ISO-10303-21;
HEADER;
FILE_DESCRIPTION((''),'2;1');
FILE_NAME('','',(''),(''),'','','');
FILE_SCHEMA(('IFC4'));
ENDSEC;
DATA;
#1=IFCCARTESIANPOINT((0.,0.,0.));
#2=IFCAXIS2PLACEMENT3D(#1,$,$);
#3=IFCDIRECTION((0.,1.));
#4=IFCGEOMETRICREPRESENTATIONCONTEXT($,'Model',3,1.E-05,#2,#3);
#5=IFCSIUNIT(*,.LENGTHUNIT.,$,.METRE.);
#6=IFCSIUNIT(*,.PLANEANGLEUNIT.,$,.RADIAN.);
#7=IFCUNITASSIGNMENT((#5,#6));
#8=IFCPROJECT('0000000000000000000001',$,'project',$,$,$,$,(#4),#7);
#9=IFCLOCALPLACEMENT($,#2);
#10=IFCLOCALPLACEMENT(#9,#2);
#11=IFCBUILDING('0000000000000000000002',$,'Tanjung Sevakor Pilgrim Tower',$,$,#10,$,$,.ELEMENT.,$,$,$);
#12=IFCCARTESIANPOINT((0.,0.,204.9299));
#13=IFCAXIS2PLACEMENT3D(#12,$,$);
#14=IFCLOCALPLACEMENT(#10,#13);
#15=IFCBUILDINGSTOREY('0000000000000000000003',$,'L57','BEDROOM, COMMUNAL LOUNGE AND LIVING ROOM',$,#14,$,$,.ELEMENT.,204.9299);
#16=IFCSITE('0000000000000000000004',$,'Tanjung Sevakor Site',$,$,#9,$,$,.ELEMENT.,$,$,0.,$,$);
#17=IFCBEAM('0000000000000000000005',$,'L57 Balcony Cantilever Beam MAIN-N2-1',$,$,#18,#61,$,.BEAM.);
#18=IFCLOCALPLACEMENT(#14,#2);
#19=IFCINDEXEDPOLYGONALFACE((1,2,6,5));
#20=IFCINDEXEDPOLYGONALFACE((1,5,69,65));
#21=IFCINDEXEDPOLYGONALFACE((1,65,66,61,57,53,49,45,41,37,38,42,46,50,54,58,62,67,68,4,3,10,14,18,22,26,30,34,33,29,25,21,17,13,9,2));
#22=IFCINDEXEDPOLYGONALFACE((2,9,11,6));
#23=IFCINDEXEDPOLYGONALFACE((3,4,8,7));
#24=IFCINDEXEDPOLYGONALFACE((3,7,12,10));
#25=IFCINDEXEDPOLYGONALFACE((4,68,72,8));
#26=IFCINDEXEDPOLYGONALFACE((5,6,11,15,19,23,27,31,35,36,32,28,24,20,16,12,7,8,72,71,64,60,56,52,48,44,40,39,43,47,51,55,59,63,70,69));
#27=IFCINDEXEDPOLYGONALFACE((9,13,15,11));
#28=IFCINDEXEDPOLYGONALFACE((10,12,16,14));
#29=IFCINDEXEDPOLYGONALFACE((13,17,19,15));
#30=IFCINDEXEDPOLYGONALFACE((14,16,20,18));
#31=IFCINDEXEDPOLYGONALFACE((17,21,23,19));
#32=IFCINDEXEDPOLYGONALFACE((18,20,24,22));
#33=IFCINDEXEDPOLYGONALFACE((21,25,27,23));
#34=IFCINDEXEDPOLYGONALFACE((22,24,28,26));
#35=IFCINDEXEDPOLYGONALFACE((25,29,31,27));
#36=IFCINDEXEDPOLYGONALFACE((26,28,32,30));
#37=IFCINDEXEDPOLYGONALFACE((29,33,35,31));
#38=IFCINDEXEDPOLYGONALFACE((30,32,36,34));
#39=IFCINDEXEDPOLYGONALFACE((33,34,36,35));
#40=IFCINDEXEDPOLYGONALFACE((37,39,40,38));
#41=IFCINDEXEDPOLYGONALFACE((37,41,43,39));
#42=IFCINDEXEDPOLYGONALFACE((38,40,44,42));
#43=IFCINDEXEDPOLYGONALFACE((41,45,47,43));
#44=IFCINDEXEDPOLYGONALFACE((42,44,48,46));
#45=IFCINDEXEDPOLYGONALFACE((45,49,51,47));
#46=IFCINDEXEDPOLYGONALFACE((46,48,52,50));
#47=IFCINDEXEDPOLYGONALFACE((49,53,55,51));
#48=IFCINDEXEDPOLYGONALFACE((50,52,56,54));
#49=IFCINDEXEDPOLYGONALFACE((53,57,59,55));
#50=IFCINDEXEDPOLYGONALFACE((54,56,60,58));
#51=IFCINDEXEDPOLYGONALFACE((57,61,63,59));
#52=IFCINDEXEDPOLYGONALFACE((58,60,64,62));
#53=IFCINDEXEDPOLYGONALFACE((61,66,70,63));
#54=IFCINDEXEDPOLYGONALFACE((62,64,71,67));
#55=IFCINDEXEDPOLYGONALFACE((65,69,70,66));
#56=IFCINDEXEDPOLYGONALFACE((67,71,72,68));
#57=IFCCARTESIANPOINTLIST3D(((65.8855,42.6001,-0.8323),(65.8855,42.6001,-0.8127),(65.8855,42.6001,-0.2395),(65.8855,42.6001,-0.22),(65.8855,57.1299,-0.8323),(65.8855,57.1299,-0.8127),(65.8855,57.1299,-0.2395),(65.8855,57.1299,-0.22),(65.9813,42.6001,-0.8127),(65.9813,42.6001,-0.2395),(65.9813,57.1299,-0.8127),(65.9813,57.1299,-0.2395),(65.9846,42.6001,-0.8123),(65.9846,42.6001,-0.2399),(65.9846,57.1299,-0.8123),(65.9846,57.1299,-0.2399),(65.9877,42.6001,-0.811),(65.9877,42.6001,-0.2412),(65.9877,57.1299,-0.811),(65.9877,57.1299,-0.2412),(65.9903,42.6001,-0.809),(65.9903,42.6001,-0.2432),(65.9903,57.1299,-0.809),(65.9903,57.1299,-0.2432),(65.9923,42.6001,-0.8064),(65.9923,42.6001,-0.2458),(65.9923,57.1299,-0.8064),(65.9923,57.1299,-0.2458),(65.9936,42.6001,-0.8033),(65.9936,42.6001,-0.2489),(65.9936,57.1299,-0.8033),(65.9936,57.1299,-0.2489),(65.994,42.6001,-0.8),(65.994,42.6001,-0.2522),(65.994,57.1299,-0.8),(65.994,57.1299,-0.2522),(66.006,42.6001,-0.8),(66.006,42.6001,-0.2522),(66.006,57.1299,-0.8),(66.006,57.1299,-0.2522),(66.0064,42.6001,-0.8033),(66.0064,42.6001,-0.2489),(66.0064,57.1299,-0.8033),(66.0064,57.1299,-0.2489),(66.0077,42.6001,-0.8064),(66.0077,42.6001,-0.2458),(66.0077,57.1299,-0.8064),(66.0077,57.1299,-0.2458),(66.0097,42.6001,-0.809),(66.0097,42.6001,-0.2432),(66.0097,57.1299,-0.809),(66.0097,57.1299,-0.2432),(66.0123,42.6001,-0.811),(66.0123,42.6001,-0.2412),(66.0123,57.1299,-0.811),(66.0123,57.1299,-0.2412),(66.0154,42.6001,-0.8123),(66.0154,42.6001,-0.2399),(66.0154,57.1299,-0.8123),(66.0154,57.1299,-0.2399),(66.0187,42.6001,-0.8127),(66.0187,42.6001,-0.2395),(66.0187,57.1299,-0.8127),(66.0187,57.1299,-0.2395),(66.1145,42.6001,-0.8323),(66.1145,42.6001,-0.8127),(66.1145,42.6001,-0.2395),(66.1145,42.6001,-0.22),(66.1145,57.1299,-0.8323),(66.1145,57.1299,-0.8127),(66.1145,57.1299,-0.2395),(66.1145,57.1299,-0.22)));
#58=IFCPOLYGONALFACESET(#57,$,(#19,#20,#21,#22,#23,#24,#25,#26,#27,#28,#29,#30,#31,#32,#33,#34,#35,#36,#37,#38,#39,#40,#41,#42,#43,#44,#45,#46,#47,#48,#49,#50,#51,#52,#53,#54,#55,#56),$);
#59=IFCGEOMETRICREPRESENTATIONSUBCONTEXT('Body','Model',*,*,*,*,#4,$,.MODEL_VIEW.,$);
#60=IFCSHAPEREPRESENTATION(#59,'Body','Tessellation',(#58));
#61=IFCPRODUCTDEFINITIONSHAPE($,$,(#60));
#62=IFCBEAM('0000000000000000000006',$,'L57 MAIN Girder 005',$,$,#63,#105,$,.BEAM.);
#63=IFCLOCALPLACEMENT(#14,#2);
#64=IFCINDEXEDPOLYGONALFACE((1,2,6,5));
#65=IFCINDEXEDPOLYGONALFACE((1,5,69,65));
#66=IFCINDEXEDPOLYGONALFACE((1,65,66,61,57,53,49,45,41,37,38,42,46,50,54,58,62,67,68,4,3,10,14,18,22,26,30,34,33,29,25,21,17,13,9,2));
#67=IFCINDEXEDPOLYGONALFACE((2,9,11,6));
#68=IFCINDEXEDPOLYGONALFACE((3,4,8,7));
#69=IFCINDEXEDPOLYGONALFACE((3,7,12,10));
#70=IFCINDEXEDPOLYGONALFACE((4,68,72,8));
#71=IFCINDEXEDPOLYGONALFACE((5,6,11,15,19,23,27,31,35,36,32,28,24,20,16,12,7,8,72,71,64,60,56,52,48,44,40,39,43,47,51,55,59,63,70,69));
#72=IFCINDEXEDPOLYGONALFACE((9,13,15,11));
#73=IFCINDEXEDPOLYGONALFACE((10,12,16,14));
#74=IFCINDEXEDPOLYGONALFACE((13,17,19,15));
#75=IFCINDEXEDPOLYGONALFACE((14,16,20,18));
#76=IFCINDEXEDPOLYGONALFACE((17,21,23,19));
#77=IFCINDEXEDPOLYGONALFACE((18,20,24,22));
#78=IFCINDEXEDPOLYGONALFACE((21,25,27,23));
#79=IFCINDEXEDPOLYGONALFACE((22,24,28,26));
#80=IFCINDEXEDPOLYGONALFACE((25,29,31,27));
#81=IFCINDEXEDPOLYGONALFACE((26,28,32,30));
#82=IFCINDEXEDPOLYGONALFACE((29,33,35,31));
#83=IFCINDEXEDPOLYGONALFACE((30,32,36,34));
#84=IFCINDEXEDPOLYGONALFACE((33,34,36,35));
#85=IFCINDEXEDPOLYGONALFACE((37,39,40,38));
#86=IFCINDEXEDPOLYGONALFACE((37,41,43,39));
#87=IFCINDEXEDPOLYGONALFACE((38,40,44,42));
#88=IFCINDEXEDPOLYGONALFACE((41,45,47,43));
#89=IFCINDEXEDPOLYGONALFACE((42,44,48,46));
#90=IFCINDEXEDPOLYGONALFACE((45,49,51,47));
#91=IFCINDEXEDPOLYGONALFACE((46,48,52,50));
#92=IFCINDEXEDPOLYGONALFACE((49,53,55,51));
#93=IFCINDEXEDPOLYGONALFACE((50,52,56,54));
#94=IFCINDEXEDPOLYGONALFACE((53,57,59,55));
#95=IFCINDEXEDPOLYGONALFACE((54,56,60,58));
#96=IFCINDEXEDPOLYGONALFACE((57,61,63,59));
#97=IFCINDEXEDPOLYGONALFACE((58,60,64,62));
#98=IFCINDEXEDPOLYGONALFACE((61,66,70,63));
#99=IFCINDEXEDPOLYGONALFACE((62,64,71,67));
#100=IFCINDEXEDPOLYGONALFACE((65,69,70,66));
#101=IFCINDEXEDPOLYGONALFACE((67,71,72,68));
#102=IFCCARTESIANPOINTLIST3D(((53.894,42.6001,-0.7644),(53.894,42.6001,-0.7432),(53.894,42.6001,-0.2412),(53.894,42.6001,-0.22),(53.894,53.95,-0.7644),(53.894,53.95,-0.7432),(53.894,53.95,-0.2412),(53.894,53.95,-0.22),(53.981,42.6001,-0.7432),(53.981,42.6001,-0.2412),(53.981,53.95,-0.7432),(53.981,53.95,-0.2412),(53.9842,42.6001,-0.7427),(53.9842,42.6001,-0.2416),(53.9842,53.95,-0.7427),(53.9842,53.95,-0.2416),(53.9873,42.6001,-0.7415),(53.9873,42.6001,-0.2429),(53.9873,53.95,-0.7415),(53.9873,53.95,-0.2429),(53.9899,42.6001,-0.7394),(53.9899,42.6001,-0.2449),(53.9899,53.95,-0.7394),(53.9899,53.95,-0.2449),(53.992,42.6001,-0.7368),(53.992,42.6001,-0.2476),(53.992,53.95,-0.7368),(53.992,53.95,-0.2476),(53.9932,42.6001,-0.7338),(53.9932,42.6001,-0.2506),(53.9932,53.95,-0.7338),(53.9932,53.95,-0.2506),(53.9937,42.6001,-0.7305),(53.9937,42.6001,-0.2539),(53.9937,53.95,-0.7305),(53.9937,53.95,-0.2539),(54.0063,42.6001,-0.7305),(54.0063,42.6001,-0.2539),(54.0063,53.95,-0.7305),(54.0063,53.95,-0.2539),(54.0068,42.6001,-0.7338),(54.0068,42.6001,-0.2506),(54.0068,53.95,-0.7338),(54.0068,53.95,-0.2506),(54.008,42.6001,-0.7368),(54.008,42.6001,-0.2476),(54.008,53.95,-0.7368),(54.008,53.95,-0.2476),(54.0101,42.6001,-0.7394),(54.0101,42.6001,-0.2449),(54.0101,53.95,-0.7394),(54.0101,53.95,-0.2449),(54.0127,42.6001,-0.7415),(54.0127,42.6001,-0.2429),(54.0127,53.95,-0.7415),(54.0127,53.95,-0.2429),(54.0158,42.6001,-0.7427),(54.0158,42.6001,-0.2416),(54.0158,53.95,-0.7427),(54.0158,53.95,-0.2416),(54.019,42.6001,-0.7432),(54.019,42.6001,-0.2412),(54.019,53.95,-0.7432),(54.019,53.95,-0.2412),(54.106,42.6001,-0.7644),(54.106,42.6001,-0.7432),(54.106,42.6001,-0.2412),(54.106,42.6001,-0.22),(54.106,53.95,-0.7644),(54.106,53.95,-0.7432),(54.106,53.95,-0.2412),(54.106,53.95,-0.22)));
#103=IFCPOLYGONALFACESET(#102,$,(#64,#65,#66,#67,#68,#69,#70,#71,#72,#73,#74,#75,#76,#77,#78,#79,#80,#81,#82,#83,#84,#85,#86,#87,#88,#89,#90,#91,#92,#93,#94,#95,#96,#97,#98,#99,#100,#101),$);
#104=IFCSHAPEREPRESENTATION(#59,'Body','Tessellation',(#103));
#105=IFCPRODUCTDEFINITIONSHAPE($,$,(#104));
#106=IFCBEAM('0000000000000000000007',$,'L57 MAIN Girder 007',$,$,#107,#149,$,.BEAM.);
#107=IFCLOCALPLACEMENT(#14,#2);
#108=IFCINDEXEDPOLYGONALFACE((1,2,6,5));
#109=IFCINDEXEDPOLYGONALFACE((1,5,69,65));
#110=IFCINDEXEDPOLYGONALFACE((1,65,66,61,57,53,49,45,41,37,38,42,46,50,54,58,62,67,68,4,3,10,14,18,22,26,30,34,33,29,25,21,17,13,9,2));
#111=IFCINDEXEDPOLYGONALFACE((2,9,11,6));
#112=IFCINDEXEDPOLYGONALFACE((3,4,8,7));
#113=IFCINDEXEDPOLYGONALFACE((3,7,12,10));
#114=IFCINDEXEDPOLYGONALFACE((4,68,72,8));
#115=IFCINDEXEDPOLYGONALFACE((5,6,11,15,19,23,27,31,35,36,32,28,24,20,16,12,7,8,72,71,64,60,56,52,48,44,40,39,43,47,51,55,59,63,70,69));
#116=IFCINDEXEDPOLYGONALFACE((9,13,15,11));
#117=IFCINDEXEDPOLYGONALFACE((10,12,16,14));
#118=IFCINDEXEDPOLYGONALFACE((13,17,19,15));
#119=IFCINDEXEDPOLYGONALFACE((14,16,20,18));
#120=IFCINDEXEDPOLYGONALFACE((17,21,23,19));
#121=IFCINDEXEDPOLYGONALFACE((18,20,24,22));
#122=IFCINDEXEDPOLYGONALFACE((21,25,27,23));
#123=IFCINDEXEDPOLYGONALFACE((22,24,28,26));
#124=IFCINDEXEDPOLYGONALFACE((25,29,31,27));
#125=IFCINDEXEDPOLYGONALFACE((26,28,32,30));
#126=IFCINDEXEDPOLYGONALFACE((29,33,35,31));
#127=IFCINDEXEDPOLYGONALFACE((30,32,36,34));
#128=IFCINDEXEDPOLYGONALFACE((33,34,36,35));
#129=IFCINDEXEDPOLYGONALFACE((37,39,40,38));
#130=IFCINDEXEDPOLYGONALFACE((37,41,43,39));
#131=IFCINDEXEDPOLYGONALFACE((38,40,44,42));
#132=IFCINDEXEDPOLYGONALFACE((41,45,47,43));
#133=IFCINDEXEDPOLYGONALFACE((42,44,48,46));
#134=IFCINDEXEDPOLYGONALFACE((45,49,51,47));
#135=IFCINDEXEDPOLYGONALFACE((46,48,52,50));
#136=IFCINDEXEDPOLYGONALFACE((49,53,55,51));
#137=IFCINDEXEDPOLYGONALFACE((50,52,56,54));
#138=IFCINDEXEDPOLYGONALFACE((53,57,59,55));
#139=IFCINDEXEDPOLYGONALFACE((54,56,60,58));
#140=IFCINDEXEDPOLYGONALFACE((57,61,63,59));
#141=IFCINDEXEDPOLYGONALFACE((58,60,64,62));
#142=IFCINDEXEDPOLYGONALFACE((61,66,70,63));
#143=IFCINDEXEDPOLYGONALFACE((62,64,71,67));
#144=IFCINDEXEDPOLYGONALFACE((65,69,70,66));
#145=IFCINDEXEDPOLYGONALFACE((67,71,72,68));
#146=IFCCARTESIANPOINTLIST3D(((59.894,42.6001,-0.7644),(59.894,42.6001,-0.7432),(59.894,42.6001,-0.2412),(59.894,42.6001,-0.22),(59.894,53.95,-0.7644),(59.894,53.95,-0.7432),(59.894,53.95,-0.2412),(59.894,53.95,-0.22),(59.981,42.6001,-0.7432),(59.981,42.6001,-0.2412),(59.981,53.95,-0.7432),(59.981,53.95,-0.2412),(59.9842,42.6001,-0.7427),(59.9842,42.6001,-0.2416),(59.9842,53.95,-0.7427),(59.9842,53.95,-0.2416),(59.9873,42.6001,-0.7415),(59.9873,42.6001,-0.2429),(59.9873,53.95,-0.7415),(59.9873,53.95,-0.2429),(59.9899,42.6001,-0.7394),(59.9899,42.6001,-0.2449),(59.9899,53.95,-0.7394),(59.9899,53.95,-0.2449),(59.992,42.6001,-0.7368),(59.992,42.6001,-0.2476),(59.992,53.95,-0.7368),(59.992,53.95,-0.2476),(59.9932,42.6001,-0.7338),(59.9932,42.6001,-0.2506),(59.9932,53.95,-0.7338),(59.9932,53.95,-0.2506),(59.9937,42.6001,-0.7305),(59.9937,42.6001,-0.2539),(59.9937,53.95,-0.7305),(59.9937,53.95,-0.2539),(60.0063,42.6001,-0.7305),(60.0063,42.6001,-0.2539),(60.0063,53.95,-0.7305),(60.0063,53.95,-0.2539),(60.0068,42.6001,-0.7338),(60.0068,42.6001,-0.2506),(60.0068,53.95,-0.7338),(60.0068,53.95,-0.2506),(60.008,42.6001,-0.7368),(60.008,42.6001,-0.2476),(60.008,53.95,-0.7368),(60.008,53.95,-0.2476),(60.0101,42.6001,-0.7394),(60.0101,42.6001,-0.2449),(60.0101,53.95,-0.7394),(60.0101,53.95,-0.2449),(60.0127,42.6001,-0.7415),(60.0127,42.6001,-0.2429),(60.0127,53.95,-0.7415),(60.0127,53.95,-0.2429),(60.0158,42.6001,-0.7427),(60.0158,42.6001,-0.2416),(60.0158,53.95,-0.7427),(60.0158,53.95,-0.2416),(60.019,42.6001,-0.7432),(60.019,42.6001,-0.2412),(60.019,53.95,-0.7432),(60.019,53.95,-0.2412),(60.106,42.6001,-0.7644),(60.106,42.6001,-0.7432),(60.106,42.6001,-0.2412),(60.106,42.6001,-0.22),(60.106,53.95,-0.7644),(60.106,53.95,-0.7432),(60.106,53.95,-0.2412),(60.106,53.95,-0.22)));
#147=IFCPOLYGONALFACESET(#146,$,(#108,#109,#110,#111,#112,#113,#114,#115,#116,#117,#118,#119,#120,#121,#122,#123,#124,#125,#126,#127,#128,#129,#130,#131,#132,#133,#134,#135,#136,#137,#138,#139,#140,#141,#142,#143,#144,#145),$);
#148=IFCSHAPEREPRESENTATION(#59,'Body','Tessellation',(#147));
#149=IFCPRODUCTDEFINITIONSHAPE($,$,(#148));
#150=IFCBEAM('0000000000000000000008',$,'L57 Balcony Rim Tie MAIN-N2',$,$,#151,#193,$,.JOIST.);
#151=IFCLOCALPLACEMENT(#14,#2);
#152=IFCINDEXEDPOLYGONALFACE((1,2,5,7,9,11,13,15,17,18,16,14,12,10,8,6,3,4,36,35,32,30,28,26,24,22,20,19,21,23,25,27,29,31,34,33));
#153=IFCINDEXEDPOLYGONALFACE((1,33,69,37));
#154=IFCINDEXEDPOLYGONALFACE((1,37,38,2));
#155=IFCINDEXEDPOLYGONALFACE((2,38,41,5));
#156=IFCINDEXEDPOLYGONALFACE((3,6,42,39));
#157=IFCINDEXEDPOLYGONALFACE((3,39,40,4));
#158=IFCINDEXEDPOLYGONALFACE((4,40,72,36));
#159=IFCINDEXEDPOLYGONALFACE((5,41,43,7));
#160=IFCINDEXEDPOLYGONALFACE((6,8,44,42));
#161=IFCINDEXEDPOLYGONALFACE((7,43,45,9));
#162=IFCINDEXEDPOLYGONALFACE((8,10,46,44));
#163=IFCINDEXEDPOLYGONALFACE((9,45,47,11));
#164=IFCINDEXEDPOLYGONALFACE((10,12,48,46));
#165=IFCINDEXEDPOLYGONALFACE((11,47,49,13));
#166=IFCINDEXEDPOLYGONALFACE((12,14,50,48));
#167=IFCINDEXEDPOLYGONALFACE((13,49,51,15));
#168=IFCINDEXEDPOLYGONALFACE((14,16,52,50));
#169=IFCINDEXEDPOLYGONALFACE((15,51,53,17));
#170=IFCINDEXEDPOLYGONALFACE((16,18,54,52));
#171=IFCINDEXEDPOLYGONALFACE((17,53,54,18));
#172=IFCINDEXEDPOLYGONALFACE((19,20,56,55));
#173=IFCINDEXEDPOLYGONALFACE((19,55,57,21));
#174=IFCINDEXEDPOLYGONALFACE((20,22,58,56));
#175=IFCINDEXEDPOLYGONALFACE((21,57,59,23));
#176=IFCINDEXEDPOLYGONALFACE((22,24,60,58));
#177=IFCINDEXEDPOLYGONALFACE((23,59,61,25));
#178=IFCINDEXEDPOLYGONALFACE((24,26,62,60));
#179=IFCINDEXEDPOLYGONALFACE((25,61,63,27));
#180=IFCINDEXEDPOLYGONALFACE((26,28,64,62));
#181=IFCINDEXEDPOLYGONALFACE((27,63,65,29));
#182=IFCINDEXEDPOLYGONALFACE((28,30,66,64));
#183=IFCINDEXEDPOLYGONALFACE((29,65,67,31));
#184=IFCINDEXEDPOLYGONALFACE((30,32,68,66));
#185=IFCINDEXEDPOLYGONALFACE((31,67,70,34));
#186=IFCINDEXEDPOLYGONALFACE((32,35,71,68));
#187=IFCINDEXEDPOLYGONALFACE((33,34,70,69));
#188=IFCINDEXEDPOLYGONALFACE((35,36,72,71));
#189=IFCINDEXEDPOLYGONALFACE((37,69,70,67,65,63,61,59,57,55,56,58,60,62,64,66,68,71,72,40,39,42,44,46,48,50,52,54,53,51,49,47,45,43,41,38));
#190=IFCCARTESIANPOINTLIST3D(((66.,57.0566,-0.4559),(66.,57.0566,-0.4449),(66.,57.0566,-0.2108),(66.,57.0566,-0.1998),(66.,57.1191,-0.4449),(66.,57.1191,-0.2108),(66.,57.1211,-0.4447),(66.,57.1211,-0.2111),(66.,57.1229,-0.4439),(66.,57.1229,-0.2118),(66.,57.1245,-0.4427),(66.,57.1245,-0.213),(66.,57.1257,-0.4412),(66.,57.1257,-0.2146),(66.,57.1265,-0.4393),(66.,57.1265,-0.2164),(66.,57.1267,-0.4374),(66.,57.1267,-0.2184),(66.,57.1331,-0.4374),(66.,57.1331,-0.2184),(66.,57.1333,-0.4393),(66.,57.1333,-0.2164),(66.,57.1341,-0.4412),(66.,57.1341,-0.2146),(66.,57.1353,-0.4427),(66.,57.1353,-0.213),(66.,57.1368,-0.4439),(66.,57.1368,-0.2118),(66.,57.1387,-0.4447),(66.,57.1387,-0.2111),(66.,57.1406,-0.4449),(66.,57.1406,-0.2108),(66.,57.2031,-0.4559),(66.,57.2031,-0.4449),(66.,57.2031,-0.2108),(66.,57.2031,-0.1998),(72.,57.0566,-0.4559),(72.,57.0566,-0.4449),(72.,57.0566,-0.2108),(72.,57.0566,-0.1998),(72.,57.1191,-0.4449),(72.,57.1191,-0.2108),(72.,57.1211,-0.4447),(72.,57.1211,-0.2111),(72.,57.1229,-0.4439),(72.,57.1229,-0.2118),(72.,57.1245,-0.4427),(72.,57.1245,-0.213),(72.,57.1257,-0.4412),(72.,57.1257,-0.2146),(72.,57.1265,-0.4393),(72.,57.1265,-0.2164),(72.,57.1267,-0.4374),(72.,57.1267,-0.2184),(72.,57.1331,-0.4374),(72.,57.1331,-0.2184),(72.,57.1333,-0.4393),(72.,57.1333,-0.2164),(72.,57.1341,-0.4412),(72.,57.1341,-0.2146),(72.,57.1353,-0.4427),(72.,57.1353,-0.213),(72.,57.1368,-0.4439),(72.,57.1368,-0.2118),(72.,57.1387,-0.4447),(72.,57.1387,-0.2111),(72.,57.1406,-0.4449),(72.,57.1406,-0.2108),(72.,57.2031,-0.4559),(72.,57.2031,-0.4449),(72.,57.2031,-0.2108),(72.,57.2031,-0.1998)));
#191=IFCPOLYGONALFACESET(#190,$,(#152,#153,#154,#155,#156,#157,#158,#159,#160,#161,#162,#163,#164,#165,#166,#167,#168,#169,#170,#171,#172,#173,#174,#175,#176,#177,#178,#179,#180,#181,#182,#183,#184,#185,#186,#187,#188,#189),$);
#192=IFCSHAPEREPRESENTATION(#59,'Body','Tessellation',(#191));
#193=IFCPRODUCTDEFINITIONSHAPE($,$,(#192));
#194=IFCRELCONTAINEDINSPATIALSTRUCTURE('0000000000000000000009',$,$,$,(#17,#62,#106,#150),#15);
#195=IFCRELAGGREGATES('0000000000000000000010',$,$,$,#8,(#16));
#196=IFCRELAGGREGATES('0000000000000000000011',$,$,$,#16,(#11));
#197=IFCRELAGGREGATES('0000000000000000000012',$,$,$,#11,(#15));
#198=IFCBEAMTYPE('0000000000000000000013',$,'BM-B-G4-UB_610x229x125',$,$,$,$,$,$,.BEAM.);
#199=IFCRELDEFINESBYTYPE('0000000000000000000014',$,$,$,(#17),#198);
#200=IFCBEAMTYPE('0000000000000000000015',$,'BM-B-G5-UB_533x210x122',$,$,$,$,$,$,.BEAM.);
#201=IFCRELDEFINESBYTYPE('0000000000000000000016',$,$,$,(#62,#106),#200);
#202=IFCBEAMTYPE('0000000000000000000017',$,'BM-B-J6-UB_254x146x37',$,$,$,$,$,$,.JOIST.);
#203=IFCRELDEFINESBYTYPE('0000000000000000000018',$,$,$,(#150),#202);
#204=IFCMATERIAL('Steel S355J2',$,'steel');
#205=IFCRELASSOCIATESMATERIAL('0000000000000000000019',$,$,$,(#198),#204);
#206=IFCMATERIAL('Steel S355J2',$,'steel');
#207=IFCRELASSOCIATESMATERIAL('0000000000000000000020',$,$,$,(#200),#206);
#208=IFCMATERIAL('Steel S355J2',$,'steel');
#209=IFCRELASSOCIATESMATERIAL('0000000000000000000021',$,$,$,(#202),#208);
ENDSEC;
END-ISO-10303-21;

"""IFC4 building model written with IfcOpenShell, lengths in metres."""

from ifc_helpers import new_model, si_unit, direction, frame, origin, origin_2d, place, context, subcontext, project, spatial, i_section, extrude, material, material_profile, profile_set, type_object, element, save


model = new_model("IFC4")

# Units and contexts
model_context = context("Model", 3, precision=1e-05, world=origin(), true_north=direction((0.0, 1.0)))
body_context = subcontext(model_context, "Body", "Model", "MODEL_VIEW")
ifc_project = project(units=[si_unit("LENGTHUNIT", "METRE"), si_unit("PLANEANGLEUNIT", "RADIAN")], contexts=[model_context])

# Site, building, storey
site_placement = place(None, origin())
site = spatial("IfcSite", under=ifc_project, at=site_placement, Name="Tanjung Sevakor Site", CompositionType="ELEMENT", RefElevation=0.0)
building_placement = place(site_placement, origin())
building = spatial("IfcBuilding", under=site, at=building_placement, Name="Tanjung Sevakor Pilgrim Tower", CompositionType="ELEMENT")
storey_placement = place(building_placement, frame((0.0, 0.0, 204.9299)))
storey = spatial("IfcBuildingStorey", under=building, at=storey_placement, Name="L57", Description="BEDROOM, COMMUNAL LOUNGE AND LIVING ROOM", CompositionType="ELEMENT", Elevation=204.9299)

# Beams
ifc_material_1 = material(Name="Steel S355J2", Category="steel")
ifc_material_profile_1 = material_profile(ifc_material_1, i_section(OverallWidth=0.229, OverallDepth=0.6123, WebThickness=0.012, FlangeThickness=0.0195, FilletRadius=0.0127, at=origin_2d()))
ifc_profile_set_1 = profile_set([ifc_material_profile_1], Name="Steel S355J2")
beam_type_1 = type_object("IfcBeamType", Name="BM-B-G4-UB_610x229x125", PredefinedType="BEAM", material=ifc_profile_set_1)
beam_1_placement = place(storey_placement, frame((66.0, 42.6001, -0.5261), z_axis=(0.0, 1.0, 0.0), x_axis=(-1.0, 0.0, 0.0)))
element("IfcBeam", 1, at=beam_1_placement, inside=storey, type_object=beam_type_1, Name="L57 Balcony Cantilever Beam MAIN-N2-1", PredefinedType="BEAM", context=body_context, shape_type="SweptSolid", body=[
    extrude(i_section(OverallWidth=0.229, OverallDepth=0.6123, WebThickness=0.012, FlangeThickness=0.0195, FilletRadius=0.0127, at=origin_2d()), origin(), (0.0, 0.0, 1.0), 14.5298),
])
ifc_material_2 = material(Name="Steel S355J2", Category="steel")
ifc_material_profile_2 = material_profile(ifc_material_2, i_section(OverallWidth=0.2119, OverallDepth=0.5444, WebThickness=0.0127, FlangeThickness=0.0212, FilletRadius=0.0127, at=origin_2d()))
ifc_profile_set_2 = profile_set([ifc_material_profile_2], Name="Steel S355J2")
beam_type_2 = type_object("IfcBeamType", Name="BM-B-G5-UB_533x210x122", PredefinedType="BEAM", material=ifc_profile_set_2)
for number, where, z_axis, x_axis, name in (
    (2, (54.0, 42.6001, -0.4922), (0.0, 1.0, 0.0), (-1.0, 0.0, 0.0), "L57 MAIN Girder 005"),
    (3, (60.0, 42.6001, -0.4922), (0.0, 1.0, 0.0), (-1.0, 0.0, 0.0), "L57 MAIN Girder 007"),
):
    element("IfcBeam", number, at=place(storey_placement, frame(where, z_axis=z_axis, x_axis=x_axis)), inside=storey, type_object=beam_type_2, Name=name, PredefinedType="BEAM", context=body_context, shape_type="SweptSolid", body=[
        extrude(i_section(OverallWidth=0.2119, OverallDepth=0.5444, WebThickness=0.0127, FlangeThickness=0.0212, FilletRadius=0.0127, at=origin_2d()), origin(), (0.0, 0.0, 1.0), 11.3499),
    ])
ifc_material_3 = material(Name="Steel S355J2", Category="steel")
ifc_material_profile_3 = material_profile(ifc_material_3, i_section(OverallWidth=0.1465, OverallDepth=0.2561, WebThickness=0.0063, FlangeThickness=0.011, FilletRadius=0.0076, at=origin_2d()))
ifc_profile_set_3 = profile_set([ifc_material_profile_3], Name="Steel S355J2")
beam_type_3 = type_object("IfcBeamType", Name="BM-B-J6-UB_254x146x37", PredefinedType="JOIST", material=ifc_profile_set_3)
beam_2_placement = place(storey_placement, frame((66.0, 57.1299, -0.3279), z_axis=(1.0, 0.0, 0.0), x_axis=(0.0, 1.0, 0.0)))
element("IfcBeam", 4, at=beam_2_placement, inside=storey, type_object=beam_type_3, Name="L57 Balcony Rim Tie MAIN-N2", PredefinedType="JOIST", context=body_context, shape_type="SweptSolid", body=[
    extrude(i_section(OverallWidth=0.1465, OverallDepth=0.2561, WebThickness=0.0063, FlangeThickness=0.011, FilletRadius=0.0076, at=origin_2d()), origin(), (0.0, 0.0, 1.0), 6.0),
])

save(model, "model.ifc")
